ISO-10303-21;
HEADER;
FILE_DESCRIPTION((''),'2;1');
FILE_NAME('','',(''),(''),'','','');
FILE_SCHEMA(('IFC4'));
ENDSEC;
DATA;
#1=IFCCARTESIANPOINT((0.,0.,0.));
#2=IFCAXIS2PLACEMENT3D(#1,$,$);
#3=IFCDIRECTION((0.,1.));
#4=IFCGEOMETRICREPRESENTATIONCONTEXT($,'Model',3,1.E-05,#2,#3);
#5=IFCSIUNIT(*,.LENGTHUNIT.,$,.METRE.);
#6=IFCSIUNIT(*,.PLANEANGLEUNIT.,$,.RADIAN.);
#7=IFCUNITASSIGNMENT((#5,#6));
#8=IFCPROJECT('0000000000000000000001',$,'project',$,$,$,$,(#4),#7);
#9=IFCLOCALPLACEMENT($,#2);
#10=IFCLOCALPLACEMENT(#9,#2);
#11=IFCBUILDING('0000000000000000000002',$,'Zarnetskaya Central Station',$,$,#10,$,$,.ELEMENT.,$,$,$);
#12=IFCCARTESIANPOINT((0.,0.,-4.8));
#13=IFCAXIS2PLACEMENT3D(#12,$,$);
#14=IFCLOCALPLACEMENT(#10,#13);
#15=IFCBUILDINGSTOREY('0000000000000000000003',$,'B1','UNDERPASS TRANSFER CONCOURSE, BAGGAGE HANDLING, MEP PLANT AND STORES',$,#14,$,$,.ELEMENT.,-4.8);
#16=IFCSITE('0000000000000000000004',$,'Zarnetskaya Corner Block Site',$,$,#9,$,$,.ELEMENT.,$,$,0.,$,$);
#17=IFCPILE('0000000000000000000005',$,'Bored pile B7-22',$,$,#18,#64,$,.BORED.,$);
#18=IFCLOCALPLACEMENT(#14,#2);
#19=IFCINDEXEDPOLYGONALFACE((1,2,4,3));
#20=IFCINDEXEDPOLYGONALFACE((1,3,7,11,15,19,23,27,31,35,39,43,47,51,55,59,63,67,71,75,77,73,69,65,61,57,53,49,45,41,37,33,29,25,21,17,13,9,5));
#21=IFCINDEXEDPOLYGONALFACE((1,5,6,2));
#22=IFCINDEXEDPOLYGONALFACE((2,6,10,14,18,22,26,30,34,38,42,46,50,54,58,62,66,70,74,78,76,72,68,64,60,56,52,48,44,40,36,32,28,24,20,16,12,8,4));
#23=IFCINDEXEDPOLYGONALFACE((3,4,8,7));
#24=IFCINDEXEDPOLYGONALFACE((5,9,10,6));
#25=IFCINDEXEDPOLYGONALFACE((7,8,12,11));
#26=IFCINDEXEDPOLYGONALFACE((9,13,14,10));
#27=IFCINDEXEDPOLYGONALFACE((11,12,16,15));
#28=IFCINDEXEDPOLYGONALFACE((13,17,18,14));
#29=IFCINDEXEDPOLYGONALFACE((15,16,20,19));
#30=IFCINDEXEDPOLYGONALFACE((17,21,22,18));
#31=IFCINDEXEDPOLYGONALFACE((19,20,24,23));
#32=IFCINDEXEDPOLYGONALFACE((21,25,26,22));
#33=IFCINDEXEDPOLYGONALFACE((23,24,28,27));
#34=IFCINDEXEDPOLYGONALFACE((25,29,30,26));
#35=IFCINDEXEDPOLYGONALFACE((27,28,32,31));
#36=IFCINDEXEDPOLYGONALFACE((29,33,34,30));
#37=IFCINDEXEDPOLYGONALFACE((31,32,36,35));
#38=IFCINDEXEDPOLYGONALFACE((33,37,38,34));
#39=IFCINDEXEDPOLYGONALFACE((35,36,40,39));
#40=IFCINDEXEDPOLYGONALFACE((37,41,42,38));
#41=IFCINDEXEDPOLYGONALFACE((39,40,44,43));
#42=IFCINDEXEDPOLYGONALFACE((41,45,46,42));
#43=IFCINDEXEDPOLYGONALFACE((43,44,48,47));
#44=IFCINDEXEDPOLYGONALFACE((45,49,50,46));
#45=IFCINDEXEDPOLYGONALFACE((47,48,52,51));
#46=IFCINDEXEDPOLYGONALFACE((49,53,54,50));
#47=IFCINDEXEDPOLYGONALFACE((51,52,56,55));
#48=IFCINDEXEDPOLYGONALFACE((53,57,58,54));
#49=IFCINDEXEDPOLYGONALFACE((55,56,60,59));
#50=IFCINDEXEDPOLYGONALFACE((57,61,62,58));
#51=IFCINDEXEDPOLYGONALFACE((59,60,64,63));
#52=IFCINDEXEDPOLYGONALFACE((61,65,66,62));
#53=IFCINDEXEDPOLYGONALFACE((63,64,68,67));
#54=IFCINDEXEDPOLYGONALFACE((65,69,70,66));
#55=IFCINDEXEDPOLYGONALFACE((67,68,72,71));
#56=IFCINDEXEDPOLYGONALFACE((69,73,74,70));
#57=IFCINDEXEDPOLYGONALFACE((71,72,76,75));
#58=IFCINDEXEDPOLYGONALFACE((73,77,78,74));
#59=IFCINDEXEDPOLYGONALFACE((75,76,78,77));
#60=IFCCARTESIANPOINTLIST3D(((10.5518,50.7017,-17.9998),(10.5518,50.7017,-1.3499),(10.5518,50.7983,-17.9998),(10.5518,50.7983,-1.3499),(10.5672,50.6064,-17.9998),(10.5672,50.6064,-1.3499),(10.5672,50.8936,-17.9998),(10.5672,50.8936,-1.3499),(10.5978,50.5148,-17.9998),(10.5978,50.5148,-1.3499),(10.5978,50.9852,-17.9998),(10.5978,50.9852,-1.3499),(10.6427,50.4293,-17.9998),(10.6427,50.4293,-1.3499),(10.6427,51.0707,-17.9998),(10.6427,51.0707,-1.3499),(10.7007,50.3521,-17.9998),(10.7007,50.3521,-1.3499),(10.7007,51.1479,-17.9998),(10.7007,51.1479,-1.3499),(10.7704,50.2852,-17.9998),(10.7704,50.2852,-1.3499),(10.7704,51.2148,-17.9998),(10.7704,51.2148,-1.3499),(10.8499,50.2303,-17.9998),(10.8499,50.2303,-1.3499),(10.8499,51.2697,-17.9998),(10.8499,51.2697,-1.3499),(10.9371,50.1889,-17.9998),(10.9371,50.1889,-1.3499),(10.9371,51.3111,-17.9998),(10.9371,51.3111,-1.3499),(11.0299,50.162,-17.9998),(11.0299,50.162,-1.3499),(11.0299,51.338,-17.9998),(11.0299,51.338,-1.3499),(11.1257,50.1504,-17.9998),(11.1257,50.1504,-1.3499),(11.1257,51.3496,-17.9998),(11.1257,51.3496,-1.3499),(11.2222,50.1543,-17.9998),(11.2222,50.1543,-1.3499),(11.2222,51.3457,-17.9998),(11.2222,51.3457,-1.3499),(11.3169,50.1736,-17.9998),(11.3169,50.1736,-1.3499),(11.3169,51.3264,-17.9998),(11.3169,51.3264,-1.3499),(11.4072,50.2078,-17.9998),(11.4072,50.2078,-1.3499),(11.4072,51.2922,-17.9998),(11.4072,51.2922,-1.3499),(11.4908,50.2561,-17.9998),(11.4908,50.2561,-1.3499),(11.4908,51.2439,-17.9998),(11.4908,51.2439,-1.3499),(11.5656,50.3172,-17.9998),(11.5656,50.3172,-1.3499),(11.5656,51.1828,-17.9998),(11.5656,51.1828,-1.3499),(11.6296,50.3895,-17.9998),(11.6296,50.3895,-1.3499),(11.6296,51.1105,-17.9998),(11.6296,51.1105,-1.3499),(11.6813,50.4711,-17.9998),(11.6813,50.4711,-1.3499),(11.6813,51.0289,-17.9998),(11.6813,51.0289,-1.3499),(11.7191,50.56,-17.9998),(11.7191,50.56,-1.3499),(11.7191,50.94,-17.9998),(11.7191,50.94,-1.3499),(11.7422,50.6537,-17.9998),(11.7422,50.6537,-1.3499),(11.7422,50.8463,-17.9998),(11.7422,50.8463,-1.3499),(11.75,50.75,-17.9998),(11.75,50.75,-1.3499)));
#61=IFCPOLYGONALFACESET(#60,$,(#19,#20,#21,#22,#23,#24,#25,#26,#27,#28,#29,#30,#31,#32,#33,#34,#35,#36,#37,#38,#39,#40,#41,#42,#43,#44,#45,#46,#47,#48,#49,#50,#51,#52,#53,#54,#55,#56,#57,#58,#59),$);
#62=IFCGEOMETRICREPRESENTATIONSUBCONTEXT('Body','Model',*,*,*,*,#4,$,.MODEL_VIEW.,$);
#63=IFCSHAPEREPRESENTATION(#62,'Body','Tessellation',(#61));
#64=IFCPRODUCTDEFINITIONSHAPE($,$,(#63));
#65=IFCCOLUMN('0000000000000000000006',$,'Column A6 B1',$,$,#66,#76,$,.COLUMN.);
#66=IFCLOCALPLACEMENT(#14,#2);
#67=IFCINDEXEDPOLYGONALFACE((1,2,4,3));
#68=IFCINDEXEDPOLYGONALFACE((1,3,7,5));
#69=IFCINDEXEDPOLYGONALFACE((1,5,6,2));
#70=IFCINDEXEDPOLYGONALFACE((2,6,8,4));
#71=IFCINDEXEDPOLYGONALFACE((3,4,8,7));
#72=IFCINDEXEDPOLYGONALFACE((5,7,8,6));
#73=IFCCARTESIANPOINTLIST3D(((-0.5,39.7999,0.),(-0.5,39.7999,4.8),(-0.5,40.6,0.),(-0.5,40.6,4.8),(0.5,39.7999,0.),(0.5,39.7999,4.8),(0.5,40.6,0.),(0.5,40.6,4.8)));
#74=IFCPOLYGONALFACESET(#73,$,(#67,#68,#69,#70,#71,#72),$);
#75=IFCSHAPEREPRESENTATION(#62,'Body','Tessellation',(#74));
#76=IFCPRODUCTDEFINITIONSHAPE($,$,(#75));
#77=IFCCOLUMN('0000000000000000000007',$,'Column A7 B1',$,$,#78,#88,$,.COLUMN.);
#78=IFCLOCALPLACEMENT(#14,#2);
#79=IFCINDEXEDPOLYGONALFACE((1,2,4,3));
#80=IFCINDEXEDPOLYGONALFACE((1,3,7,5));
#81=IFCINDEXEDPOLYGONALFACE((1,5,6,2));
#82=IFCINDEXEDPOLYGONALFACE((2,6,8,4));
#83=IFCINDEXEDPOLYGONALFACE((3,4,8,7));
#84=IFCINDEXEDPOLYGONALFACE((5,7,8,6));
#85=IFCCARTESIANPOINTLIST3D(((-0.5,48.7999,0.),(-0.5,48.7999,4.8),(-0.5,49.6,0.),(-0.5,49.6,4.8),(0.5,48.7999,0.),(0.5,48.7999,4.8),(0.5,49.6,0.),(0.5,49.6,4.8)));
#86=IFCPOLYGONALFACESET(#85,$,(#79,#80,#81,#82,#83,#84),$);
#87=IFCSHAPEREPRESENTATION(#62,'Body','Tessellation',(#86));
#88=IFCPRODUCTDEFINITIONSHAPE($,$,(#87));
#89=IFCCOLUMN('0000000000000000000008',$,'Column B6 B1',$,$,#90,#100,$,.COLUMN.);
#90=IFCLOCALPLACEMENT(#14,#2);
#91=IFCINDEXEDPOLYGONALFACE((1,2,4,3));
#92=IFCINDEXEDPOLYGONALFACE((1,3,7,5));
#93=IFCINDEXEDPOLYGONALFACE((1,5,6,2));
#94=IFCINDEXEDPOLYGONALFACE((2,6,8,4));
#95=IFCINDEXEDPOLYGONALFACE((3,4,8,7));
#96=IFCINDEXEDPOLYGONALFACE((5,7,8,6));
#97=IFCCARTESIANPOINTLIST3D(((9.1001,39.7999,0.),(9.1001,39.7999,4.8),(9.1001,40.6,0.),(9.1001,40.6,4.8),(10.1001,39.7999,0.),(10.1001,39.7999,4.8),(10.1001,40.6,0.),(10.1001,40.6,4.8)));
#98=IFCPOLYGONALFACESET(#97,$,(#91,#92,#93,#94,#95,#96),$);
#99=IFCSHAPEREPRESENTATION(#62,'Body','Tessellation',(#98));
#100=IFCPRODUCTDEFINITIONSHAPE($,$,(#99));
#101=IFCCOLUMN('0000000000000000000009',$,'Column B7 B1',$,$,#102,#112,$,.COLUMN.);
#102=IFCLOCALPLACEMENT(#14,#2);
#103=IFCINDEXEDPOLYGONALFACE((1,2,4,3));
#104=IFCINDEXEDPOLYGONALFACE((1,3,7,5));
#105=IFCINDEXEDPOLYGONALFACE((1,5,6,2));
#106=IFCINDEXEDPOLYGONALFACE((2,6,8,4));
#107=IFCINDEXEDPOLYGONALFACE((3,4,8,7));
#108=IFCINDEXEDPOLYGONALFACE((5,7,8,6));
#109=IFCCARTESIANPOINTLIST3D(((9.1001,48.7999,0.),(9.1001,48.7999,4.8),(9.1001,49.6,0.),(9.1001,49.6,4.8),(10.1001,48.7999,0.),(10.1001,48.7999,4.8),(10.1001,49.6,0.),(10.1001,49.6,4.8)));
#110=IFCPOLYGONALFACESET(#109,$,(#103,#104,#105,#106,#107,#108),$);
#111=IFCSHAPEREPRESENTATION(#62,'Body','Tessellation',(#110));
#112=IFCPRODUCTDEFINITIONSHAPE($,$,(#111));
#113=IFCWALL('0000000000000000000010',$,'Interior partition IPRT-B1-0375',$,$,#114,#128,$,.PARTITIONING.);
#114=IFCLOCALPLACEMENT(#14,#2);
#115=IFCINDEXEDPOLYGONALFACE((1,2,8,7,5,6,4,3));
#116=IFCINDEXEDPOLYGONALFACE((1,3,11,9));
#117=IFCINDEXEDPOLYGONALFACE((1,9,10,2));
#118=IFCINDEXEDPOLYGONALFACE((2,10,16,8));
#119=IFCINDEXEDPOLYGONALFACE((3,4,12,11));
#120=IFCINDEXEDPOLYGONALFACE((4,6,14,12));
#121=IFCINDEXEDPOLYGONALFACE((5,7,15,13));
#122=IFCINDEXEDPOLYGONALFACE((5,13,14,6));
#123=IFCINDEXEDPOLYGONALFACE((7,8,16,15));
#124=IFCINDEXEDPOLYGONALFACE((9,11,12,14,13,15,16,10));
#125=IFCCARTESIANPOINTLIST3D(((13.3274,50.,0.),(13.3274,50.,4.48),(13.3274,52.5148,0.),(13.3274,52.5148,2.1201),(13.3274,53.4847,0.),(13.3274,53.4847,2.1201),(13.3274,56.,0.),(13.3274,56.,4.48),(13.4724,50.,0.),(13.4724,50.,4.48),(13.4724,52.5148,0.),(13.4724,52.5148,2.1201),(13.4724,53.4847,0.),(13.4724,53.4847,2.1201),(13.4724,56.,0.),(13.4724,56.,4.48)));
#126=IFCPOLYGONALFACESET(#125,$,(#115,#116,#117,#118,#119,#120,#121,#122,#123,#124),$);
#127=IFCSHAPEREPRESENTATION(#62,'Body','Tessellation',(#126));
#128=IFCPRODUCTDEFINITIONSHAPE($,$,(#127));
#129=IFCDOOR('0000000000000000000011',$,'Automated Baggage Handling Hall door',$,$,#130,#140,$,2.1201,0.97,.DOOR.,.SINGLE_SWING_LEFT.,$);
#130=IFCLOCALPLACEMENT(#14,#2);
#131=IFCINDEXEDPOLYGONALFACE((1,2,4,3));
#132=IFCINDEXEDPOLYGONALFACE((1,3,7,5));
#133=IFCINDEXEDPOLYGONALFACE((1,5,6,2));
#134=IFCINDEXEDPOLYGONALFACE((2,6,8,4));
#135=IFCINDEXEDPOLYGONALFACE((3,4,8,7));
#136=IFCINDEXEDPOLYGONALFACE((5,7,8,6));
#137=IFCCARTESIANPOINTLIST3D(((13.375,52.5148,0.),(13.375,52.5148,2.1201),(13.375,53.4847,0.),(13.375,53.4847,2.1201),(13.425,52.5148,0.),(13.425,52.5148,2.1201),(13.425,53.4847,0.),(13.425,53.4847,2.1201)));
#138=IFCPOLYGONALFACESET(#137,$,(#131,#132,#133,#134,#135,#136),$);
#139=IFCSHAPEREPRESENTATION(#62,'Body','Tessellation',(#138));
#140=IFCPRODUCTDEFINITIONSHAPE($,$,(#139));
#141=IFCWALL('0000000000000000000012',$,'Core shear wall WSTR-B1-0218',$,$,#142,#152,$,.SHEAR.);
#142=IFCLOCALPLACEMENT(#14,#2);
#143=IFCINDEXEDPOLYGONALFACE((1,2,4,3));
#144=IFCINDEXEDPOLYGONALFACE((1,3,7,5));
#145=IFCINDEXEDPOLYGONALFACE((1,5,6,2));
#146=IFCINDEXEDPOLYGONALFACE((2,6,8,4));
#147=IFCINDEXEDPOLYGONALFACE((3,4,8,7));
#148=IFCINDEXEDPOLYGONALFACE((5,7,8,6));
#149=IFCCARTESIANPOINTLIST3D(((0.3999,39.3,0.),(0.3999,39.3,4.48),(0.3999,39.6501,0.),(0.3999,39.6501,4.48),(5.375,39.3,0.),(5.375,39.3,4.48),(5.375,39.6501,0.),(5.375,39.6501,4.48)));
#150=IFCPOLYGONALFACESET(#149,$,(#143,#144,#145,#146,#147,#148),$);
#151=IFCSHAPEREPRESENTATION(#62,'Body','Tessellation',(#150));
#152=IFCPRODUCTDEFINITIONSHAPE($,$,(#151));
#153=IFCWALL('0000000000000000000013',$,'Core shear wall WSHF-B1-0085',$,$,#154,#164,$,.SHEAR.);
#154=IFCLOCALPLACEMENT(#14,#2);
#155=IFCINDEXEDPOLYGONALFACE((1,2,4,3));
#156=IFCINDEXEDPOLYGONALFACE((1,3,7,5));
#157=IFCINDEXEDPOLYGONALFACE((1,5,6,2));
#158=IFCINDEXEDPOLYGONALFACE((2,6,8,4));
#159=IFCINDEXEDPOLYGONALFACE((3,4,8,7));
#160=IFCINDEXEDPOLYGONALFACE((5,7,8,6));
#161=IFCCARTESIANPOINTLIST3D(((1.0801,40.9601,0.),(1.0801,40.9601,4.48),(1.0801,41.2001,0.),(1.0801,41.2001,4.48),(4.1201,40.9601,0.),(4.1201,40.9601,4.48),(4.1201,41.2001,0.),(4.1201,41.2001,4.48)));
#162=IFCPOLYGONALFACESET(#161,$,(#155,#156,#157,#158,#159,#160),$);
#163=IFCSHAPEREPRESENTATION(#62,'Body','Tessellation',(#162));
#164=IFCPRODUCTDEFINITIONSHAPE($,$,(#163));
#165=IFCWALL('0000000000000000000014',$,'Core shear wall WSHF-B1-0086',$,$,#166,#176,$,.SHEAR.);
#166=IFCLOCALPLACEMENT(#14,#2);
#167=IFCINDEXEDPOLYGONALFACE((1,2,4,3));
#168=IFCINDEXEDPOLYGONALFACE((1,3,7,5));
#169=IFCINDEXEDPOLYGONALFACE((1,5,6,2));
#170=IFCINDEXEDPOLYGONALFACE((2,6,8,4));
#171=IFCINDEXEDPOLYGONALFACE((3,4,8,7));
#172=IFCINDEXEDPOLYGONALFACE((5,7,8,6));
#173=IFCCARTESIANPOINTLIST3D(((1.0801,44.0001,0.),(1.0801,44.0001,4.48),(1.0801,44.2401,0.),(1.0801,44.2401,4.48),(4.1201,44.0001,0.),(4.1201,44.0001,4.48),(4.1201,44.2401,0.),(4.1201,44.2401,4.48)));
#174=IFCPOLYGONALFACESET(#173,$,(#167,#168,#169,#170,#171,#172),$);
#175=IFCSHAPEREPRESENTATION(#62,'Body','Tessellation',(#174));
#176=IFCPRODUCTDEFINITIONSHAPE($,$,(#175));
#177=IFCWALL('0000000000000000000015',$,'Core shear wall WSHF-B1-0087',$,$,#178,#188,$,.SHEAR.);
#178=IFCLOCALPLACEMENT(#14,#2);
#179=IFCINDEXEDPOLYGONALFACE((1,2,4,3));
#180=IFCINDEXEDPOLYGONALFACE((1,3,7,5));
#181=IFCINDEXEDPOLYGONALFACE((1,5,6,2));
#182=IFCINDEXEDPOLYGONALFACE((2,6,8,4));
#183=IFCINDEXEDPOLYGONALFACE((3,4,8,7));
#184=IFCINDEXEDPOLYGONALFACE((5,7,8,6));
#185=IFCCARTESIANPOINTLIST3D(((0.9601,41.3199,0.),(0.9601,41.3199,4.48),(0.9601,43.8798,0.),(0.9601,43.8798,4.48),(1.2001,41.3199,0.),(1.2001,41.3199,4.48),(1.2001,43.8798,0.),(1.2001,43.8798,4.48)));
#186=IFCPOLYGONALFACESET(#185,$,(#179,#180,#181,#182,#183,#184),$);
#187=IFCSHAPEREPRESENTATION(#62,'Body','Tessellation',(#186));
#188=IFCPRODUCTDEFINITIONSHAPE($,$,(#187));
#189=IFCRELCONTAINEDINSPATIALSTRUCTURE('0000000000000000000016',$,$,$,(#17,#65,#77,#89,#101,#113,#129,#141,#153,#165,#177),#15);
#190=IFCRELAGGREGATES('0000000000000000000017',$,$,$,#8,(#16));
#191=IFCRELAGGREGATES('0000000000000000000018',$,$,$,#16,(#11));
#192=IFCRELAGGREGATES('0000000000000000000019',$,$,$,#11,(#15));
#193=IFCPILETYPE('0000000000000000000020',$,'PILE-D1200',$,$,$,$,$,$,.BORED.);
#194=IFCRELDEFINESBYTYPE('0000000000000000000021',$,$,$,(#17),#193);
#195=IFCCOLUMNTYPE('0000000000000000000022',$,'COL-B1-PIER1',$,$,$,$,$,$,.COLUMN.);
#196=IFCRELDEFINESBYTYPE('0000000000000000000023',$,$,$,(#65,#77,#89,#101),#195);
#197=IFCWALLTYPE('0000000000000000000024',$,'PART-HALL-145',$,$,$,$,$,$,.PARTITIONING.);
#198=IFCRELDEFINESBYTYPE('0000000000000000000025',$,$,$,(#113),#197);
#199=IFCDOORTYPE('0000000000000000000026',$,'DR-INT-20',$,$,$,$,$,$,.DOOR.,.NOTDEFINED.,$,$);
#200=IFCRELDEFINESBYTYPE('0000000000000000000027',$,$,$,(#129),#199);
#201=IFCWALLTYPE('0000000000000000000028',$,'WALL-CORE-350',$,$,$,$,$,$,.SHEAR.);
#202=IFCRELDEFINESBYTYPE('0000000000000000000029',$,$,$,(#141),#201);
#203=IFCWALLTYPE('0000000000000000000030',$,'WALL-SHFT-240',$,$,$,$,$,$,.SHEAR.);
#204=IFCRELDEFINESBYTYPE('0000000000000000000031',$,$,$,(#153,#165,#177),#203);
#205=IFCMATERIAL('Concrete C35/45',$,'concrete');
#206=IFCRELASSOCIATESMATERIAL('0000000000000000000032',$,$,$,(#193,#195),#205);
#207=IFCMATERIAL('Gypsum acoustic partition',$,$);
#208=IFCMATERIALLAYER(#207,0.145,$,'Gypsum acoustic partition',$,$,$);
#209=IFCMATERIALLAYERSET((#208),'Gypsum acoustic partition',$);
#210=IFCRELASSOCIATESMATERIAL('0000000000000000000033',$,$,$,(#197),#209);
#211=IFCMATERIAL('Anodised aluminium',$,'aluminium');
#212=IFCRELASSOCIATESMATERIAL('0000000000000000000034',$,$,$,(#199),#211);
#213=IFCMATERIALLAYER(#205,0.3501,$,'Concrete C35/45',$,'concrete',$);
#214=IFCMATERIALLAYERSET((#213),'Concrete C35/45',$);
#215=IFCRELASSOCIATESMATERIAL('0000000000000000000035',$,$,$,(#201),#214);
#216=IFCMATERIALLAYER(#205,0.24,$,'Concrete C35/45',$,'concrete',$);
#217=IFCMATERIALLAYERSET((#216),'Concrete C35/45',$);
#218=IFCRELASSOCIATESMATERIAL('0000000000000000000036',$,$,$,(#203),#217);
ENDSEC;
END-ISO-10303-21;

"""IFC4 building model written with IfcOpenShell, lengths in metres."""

from ifc_helpers import new_model, si_unit, direction, frame, frame_2d, origin, origin_2d, place, context, subcontext, project, spatial, rectangle, circle, extrude, material, layer, layer_set, material_profile, profile_set, type_object, element, fill, save


model = new_model("IFC4")

# Units and contexts
model_context = context("Model", 3, precision=1e-05, world=origin(), true_north=direction((0.0, 1.0)))
body_context = subcontext(model_context, "Body", "Model", "MODEL_VIEW")
ifc_project = project(units=[si_unit("LENGTHUNIT", "METRE"), si_unit("PLANEANGLEUNIT", "RADIAN")], contexts=[model_context])

# Site, building, storey
site_placement = place(None, origin())
site = spatial("IfcSite", under=ifc_project, at=site_placement, Name="Zarnetskaya Corner Block Site", CompositionType="ELEMENT", RefElevation=0.0)
building_placement = place(site_placement, origin())
building = spatial("IfcBuilding", under=site, at=building_placement, Name="Zarnetskaya Central Station", CompositionType="ELEMENT")
storey_placement = place(building_placement, frame((0.0, 0.0, -4.8)))
storey = spatial("IfcBuildingStorey", under=building, at=storey_placement, Name="B1", Description="UNDERPASS TRANSFER CONCOURSE, BAGGAGE HANDLING, MEP PLANT AND STORES", CompositionType="ELEMENT", Elevation=-4.8)

# Shared definitions
ifc_material_1 = material(Name="Concrete C35/45", Category="concrete")

# Pile
ifc_material_profile_1 = material_profile(ifc_material_1, circle(Radius=0.6001, at=origin_2d()), Name="BORED PILE D1200")
ifc_profile_set_1 = profile_set([ifc_material_profile_1], Name="Concrete C35/45")
pile_type = type_object("IfcPileType", Name="PILE-D1200", PredefinedType="BORED", material=ifc_profile_set_1)
for number, where, z_axis, x_axis, name in (
    (1, (11.1499, 50.75, -1.3499), (0.0, 0.0, -1.0), (1.0, 0.0, 0.0), "Bored pile B7-22"),
):
    element("IfcPile", number, at=place(storey_placement, frame(where, z_axis=z_axis, x_axis=x_axis)), inside=storey, type_object=pile_type, Name=name, PredefinedType="BORED", context=body_context, shape_type="SweptSolid", body=[
        extrude(circle(Radius=0.6001, at=origin_2d()), origin(), (0.0, 0.0, 1.0), 16.6499),
    ])

# Columns
ifc_material_profile_2 = material_profile(ifc_material_1, rectangle(XDim=1.0, YDim=0.8, at=origin_2d()), Name="RC PIER 1000x800")
ifc_profile_set_2 = profile_set([ifc_material_profile_2], Name="Concrete C35/45")
column_type = type_object("IfcColumnType", Name="COL-B1-PIER1", PredefinedType="COLUMN", material=ifc_profile_set_2)
for number, where, z_axis, x_axis, name in (
    (2, (0.0, 40.2, 0.0), (0.0, 0.0, 1.0), (1.0, 0.0, 0.0), "Column A6 B1"),
    (3, (0.0, 49.2, 0.0), (0.0, 0.0, 1.0), (1.0, 0.0, 0.0), "Column A7 B1"),
    (4, (9.6001, 40.2, 0.0), (0.0, 0.0, 1.0), (1.0, 0.0, 0.0), "Column B6 B1"),
    (5, (9.6001, 49.2, 0.0), (0.0, 0.0, 1.0), (1.0, 0.0, 0.0), "Column B7 B1"),
):
    element("IfcColumn", number, at=place(storey_placement, frame(where, z_axis=z_axis, x_axis=x_axis)), inside=storey, type_object=column_type, Name=name, PredefinedType="COLUMN", context=body_context, shape_type="SweptSolid", body=[
        extrude(rectangle(XDim=1.0, YDim=0.8, at=origin_2d()), origin(), (0.0, 0.0, 1.0), 4.8),
    ])

# Wall, opening, door
ifc_material_2 = material(Name="Gypsum acoustic partition")
ifc_layer_1 = layer(ifc_material_2, 0.145, Name="Gypsum acoustic partition")
ifc_layer_set_1 = layer_set([ifc_layer_1], Name="Gypsum acoustic partition")
wall_type_1 = type_object("IfcWallType", Name="PART-HALL-145", PredefinedType="PARTITIONING", material=ifc_layer_set_1)
wall_1_placement = place(storey_placement, frame((13.3999, 50.0, 0.0), z_axis=(0.0, 0.0, 1.0), x_axis=(0.0, 1.0, 0.0)))
wall_1 = element("IfcWall", 6, at=wall_1_placement, inside=storey, type_object=wall_type_1, Name="Interior partition IPRT-B1-0375", PredefinedType="PARTITIONING", context=body_context, shape_type="SweptSolid", body=[
    extrude(rectangle(XDim=6.0, YDim=0.145, at=frame_2d((3.0, 0.0))), origin(), (0.0, 0.0, 1.0), 4.48),
])
opening_1_placement = place(wall_1_placement, frame((2.5149, 0.0, 0.0)))
opening_1 = element("IfcOpeningElement", 7, at=opening_1_placement, cuts=wall_1, PredefinedType="OPENING", context=body_context, shape_type="SweptSolid", body=[
    extrude(rectangle(XDim=0.97, YDim=2.1201, at=frame_2d((0.4849, 1.0601))), frame((0.0, 0.0825, 0.0), z_axis=(0.0, -1.0, 0.0), x_axis=(1.0, 0.0, 0.0)), (0.0, 0.0, 1.0), 0.165),
])
ifc_material_3 = material(Name="Anodised aluminium", Category="aluminium")
door_type_1 = type_object("IfcDoorType", Name="DR-INT-20", OperationType="NOTDEFINED", PredefinedType="DOOR", material=ifc_material_3)
door_1_placement = place(opening_1_placement, origin())
door_1 = element("IfcDoor", 8, at=door_1_placement, inside=storey, type_object=door_type_1, Name="Automated Baggage Handling Hall door", OperationType="SINGLE_SWING_LEFT", OverallHeight=2.1201, OverallWidth=0.97, PredefinedType="DOOR", context=body_context, shape_type="SweptSolid", body=[
    extrude(rectangle(XDim=0.97, YDim=2.1201, at=frame_2d((0.4849, 1.0601))), frame((0.0, 0.0249, 0.0), z_axis=(0.0, -1.0, 0.0), x_axis=(1.0, 0.0, 0.0)), (0.0, 0.0, 1.0), 0.05),
])
fill(opening_1, door_1)

# Walls
ifc_layer_2 = layer(ifc_material_1, 0.3501, Name="Concrete C35/45", Category="concrete")
ifc_layer_set_2 = layer_set([ifc_layer_2], Name="Concrete C35/45")
wall_type_2 = type_object("IfcWallType", Name="WALL-CORE-350", PredefinedType="SHEAR", material=ifc_layer_set_2)
wall_2_placement = place(storey_placement, frame((0.3999, 39.4751, 0.0), z_axis=(0.0, 0.0, 1.0), x_axis=(1.0, 0.0, 0.0)))
element("IfcWall", 9, at=wall_2_placement, inside=storey, type_object=wall_type_2, Name="Core shear wall WSTR-B1-0218", PredefinedType="SHEAR", context=body_context, shape_type="SweptSolid", body=[
    extrude(rectangle(XDim=4.9751, YDim=0.3501, at=frame_2d((2.4875, 0.0))), origin(), (0.0, 0.0, 1.0), 4.48),
])
ifc_layer_3 = layer(ifc_material_1, 0.24, Name="Concrete C35/45", Category="concrete")
ifc_layer_set_3 = layer_set([ifc_layer_3], Name="Concrete C35/45")
wall_type_3 = type_object("IfcWallType", Name="WALL-SHFT-240", PredefinedType="SHEAR", material=ifc_layer_set_3)
for number, where, z_axis, x_axis, name in (
    (10, (4.1201, 41.0801, 0.0), (0.0, 0.0, 1.0), (-1.0, 0.0, 0.0), "Core shear wall WSHF-B1-0085"),
    (11, (1.0801, 44.1201, 0.0), (0.0, 0.0, 1.0), (1.0, 0.0, 0.0), "Core shear wall WSHF-B1-0086"),
):
    element("IfcWall", number, at=place(storey_placement, frame(where, z_axis=z_axis, x_axis=x_axis)), inside=storey, type_object=wall_type_3, Name=name, PredefinedType="SHEAR", context=body_context, shape_type="SweptSolid", body=[
        extrude(rectangle(XDim=3.04, YDim=0.24, at=frame_2d((1.52, 0.0))), origin(), (0.0, 0.0, 1.0), 4.48),
    ])
wall_3_placement = place(storey_placement, frame((1.0801, 41.3201, 0.0), z_axis=(0.0, 0.0, 1.0), x_axis=(0.0, 1.0, 0.0)))
element("IfcWall", 12, at=wall_3_placement, inside=storey, type_object=wall_type_3, Name="Core shear wall WSHF-B1-0087", PredefinedType="SHEAR", context=body_context, shape_type="SweptSolid", body=[
    extrude(rectangle(XDim=2.5598, YDim=0.24, at=frame_2d((1.2798, 0.0))), origin(), (0.0, 0.0, 1.0), 4.48),
])

save(model, "model.ifc")
